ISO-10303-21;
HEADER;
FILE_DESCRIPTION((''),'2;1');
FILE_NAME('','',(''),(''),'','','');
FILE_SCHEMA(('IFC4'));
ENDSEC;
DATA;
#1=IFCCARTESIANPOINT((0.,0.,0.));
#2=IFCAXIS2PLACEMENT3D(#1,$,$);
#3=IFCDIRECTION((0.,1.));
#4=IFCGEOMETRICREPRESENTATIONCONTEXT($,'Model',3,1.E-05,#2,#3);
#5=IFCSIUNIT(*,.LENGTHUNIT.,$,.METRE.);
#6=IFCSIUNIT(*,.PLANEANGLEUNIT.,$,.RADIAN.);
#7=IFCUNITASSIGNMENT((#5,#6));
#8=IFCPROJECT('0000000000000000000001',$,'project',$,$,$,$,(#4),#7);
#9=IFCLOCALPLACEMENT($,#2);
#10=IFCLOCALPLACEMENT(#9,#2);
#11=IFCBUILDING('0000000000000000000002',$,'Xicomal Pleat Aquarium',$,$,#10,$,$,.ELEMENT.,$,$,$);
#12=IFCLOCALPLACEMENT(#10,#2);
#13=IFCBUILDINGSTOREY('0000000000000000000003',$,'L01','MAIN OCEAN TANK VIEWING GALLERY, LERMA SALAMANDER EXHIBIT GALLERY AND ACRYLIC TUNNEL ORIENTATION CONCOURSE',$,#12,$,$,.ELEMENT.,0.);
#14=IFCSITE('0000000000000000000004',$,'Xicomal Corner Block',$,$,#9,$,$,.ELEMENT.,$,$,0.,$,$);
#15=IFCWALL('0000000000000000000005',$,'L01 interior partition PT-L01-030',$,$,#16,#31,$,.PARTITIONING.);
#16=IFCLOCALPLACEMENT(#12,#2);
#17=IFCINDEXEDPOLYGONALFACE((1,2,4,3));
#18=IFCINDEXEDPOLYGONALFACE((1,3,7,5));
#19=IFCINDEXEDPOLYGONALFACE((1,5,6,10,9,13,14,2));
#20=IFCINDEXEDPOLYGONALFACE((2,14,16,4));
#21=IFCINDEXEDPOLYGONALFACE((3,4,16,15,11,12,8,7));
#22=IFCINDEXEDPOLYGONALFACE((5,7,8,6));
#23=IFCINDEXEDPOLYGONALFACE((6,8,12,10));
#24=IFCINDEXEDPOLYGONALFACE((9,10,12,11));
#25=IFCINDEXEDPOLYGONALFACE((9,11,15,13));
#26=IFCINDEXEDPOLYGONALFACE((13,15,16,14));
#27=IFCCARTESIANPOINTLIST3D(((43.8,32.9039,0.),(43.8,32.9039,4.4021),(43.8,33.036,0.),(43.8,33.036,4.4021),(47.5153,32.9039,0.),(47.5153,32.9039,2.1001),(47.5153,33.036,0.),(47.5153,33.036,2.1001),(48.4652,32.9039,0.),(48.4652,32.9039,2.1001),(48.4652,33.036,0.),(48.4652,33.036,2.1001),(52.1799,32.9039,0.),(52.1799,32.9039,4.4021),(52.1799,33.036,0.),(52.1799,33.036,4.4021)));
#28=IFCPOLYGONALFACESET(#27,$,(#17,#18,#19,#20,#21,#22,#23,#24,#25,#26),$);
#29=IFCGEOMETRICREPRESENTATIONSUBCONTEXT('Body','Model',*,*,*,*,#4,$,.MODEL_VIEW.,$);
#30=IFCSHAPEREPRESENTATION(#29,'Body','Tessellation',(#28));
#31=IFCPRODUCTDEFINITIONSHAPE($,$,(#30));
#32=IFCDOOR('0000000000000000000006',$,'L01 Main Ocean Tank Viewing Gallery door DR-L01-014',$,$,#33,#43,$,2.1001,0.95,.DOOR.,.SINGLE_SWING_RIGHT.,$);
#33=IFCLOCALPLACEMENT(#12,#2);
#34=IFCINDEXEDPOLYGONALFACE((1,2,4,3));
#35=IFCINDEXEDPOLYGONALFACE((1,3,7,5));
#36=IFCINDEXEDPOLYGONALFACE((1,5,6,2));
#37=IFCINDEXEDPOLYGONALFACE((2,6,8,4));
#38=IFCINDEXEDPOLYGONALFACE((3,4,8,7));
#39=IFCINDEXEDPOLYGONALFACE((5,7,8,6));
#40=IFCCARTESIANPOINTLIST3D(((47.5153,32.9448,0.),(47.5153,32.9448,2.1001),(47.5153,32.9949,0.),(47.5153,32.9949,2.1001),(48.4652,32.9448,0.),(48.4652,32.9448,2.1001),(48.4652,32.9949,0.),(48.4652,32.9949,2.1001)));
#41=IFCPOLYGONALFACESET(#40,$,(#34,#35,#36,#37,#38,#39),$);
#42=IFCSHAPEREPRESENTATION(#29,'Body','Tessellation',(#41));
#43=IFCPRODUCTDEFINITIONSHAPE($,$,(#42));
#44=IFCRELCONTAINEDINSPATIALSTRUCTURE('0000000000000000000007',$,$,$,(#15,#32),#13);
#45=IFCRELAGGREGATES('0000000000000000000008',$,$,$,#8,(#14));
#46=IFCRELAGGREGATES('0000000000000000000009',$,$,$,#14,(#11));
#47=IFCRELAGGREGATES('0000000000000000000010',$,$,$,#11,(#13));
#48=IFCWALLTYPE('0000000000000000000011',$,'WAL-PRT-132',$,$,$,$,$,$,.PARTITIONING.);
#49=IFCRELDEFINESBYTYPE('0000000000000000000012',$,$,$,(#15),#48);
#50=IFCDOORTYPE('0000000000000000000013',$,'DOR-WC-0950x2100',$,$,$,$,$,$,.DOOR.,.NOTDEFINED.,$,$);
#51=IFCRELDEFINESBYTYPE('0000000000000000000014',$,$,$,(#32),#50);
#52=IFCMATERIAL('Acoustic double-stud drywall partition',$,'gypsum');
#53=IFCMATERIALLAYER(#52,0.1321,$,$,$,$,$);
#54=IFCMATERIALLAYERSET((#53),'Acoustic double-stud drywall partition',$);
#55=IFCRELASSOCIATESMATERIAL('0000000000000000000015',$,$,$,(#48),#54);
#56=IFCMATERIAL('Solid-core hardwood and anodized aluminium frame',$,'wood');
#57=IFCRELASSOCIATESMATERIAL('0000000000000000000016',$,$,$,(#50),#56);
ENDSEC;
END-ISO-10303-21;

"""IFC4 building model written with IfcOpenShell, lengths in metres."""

from ifc_helpers import new_model, si_unit, direction, frame, frame_2d, origin, place, context, subcontext, project, spatial, rectangle, extrude, material, layer, layer_set, type_object, element, fill, save


model = new_model("IFC4")

# Units and contexts
model_context = context("Model", 3, precision=1e-05, world=origin(), true_north=direction((0.0, 1.0)))
body_context = subcontext(model_context, "Body", "Model", "MODEL_VIEW")
ifc_project = project(units=[si_unit("LENGTHUNIT", "METRE"), si_unit("PLANEANGLEUNIT", "RADIAN")], contexts=[model_context])

# Site, building, storey
site_placement = place(None, origin())
site = spatial("IfcSite", under=ifc_project, at=site_placement, Name="Xicomal Corner Block", CompositionType="ELEMENT", RefElevation=0.0)
building_placement = place(site_placement, origin())
building = spatial("IfcBuilding", under=site, at=building_placement, Name="Xicomal Pleat Aquarium", CompositionType="ELEMENT")
storey_placement = place(building_placement, origin())
storey = spatial("IfcBuildingStorey", under=building, at=storey_placement, Name="L01", Description="MAIN OCEAN TANK VIEWING GALLERY, LERMA SALAMANDER EXHIBIT GALLERY AND ACRYLIC TUNNEL ORIENTATION CONCOURSE", CompositionType="ELEMENT", Elevation=0.0)

# Wall, opening, door
ifc_material_1 = material(Name="Acoustic double-stud drywall partition", Category="gypsum")
ifc_layer_1 = layer(ifc_material_1, 0.1321)
ifc_layer_set_1 = layer_set([ifc_layer_1], Name="Acoustic double-stud drywall partition")
wall_type = type_object("IfcWallType", Name="WAL-PRT-132", PredefinedType="PARTITIONING", material=ifc_layer_set_1)
wall_placement = place(storey_placement, frame((43.8, 32.97, 0.0), z_axis=(0.0, 0.0, 1.0), x_axis=(1.0, 0.0, 0.0)))
wall = element("IfcWall", 1, at=wall_placement, inside=storey, type_object=wall_type, Name="L01 interior partition PT-L01-030", PredefinedType="PARTITIONING", context=body_context, shape_type="SweptSolid", body=[
    extrude(rectangle(XDim=8.3799, YDim=0.1321, at=frame_2d((4.1899, 0.0))), origin(), (0.0, 0.0, 1.0), 4.4021),
])
opening_placement = place(wall_placement, frame((3.7151, 0.0, 0.0)))
opening = element("IfcOpeningElement", 2, at=opening_placement, cuts=wall, PredefinedType="OPENING", context=body_context, shape_type="SweptSolid", body=[
    extrude(rectangle(XDim=0.95, YDim=2.1001, at=frame_2d((0.4751, 1.05))), frame((0.0, 0.0759, 0.0), z_axis=(0.0, -1.0, 0.0), x_axis=(1.0, 0.0, 0.0)), (0.0, 0.0, 1.0), 0.1521),
])
ifc_material_2 = material(Name="Solid-core hardwood and anodized aluminium frame", Category="wood")
door_type = type_object("IfcDoorType", Name="DOR-WC-0950x2100", OperationType="NOTDEFINED", PredefinedType="DOOR", material=ifc_material_2)
door_placement = place(opening_placement, origin())
door = element("IfcDoor", 3, at=door_placement, inside=storey, type_object=door_type, Name="L01 Main Ocean Tank Viewing Gallery door DR-L01-014", OperationType="SINGLE_SWING_RIGHT", OverallHeight=2.1001, OverallWidth=0.95, PredefinedType="DOOR", context=body_context, shape_type="SweptSolid", body=[
    extrude(rectangle(XDim=0.95, YDim=2.1001, at=frame_2d((0.4751, 1.05))), frame((0.0, 0.0249, 0.0), z_axis=(0.0, -1.0, 0.0), x_axis=(1.0, 0.0, 0.0)), (0.0, 0.0, 1.0), 0.05),
])
fill(opening, door)

save(model, "model.ifc")
